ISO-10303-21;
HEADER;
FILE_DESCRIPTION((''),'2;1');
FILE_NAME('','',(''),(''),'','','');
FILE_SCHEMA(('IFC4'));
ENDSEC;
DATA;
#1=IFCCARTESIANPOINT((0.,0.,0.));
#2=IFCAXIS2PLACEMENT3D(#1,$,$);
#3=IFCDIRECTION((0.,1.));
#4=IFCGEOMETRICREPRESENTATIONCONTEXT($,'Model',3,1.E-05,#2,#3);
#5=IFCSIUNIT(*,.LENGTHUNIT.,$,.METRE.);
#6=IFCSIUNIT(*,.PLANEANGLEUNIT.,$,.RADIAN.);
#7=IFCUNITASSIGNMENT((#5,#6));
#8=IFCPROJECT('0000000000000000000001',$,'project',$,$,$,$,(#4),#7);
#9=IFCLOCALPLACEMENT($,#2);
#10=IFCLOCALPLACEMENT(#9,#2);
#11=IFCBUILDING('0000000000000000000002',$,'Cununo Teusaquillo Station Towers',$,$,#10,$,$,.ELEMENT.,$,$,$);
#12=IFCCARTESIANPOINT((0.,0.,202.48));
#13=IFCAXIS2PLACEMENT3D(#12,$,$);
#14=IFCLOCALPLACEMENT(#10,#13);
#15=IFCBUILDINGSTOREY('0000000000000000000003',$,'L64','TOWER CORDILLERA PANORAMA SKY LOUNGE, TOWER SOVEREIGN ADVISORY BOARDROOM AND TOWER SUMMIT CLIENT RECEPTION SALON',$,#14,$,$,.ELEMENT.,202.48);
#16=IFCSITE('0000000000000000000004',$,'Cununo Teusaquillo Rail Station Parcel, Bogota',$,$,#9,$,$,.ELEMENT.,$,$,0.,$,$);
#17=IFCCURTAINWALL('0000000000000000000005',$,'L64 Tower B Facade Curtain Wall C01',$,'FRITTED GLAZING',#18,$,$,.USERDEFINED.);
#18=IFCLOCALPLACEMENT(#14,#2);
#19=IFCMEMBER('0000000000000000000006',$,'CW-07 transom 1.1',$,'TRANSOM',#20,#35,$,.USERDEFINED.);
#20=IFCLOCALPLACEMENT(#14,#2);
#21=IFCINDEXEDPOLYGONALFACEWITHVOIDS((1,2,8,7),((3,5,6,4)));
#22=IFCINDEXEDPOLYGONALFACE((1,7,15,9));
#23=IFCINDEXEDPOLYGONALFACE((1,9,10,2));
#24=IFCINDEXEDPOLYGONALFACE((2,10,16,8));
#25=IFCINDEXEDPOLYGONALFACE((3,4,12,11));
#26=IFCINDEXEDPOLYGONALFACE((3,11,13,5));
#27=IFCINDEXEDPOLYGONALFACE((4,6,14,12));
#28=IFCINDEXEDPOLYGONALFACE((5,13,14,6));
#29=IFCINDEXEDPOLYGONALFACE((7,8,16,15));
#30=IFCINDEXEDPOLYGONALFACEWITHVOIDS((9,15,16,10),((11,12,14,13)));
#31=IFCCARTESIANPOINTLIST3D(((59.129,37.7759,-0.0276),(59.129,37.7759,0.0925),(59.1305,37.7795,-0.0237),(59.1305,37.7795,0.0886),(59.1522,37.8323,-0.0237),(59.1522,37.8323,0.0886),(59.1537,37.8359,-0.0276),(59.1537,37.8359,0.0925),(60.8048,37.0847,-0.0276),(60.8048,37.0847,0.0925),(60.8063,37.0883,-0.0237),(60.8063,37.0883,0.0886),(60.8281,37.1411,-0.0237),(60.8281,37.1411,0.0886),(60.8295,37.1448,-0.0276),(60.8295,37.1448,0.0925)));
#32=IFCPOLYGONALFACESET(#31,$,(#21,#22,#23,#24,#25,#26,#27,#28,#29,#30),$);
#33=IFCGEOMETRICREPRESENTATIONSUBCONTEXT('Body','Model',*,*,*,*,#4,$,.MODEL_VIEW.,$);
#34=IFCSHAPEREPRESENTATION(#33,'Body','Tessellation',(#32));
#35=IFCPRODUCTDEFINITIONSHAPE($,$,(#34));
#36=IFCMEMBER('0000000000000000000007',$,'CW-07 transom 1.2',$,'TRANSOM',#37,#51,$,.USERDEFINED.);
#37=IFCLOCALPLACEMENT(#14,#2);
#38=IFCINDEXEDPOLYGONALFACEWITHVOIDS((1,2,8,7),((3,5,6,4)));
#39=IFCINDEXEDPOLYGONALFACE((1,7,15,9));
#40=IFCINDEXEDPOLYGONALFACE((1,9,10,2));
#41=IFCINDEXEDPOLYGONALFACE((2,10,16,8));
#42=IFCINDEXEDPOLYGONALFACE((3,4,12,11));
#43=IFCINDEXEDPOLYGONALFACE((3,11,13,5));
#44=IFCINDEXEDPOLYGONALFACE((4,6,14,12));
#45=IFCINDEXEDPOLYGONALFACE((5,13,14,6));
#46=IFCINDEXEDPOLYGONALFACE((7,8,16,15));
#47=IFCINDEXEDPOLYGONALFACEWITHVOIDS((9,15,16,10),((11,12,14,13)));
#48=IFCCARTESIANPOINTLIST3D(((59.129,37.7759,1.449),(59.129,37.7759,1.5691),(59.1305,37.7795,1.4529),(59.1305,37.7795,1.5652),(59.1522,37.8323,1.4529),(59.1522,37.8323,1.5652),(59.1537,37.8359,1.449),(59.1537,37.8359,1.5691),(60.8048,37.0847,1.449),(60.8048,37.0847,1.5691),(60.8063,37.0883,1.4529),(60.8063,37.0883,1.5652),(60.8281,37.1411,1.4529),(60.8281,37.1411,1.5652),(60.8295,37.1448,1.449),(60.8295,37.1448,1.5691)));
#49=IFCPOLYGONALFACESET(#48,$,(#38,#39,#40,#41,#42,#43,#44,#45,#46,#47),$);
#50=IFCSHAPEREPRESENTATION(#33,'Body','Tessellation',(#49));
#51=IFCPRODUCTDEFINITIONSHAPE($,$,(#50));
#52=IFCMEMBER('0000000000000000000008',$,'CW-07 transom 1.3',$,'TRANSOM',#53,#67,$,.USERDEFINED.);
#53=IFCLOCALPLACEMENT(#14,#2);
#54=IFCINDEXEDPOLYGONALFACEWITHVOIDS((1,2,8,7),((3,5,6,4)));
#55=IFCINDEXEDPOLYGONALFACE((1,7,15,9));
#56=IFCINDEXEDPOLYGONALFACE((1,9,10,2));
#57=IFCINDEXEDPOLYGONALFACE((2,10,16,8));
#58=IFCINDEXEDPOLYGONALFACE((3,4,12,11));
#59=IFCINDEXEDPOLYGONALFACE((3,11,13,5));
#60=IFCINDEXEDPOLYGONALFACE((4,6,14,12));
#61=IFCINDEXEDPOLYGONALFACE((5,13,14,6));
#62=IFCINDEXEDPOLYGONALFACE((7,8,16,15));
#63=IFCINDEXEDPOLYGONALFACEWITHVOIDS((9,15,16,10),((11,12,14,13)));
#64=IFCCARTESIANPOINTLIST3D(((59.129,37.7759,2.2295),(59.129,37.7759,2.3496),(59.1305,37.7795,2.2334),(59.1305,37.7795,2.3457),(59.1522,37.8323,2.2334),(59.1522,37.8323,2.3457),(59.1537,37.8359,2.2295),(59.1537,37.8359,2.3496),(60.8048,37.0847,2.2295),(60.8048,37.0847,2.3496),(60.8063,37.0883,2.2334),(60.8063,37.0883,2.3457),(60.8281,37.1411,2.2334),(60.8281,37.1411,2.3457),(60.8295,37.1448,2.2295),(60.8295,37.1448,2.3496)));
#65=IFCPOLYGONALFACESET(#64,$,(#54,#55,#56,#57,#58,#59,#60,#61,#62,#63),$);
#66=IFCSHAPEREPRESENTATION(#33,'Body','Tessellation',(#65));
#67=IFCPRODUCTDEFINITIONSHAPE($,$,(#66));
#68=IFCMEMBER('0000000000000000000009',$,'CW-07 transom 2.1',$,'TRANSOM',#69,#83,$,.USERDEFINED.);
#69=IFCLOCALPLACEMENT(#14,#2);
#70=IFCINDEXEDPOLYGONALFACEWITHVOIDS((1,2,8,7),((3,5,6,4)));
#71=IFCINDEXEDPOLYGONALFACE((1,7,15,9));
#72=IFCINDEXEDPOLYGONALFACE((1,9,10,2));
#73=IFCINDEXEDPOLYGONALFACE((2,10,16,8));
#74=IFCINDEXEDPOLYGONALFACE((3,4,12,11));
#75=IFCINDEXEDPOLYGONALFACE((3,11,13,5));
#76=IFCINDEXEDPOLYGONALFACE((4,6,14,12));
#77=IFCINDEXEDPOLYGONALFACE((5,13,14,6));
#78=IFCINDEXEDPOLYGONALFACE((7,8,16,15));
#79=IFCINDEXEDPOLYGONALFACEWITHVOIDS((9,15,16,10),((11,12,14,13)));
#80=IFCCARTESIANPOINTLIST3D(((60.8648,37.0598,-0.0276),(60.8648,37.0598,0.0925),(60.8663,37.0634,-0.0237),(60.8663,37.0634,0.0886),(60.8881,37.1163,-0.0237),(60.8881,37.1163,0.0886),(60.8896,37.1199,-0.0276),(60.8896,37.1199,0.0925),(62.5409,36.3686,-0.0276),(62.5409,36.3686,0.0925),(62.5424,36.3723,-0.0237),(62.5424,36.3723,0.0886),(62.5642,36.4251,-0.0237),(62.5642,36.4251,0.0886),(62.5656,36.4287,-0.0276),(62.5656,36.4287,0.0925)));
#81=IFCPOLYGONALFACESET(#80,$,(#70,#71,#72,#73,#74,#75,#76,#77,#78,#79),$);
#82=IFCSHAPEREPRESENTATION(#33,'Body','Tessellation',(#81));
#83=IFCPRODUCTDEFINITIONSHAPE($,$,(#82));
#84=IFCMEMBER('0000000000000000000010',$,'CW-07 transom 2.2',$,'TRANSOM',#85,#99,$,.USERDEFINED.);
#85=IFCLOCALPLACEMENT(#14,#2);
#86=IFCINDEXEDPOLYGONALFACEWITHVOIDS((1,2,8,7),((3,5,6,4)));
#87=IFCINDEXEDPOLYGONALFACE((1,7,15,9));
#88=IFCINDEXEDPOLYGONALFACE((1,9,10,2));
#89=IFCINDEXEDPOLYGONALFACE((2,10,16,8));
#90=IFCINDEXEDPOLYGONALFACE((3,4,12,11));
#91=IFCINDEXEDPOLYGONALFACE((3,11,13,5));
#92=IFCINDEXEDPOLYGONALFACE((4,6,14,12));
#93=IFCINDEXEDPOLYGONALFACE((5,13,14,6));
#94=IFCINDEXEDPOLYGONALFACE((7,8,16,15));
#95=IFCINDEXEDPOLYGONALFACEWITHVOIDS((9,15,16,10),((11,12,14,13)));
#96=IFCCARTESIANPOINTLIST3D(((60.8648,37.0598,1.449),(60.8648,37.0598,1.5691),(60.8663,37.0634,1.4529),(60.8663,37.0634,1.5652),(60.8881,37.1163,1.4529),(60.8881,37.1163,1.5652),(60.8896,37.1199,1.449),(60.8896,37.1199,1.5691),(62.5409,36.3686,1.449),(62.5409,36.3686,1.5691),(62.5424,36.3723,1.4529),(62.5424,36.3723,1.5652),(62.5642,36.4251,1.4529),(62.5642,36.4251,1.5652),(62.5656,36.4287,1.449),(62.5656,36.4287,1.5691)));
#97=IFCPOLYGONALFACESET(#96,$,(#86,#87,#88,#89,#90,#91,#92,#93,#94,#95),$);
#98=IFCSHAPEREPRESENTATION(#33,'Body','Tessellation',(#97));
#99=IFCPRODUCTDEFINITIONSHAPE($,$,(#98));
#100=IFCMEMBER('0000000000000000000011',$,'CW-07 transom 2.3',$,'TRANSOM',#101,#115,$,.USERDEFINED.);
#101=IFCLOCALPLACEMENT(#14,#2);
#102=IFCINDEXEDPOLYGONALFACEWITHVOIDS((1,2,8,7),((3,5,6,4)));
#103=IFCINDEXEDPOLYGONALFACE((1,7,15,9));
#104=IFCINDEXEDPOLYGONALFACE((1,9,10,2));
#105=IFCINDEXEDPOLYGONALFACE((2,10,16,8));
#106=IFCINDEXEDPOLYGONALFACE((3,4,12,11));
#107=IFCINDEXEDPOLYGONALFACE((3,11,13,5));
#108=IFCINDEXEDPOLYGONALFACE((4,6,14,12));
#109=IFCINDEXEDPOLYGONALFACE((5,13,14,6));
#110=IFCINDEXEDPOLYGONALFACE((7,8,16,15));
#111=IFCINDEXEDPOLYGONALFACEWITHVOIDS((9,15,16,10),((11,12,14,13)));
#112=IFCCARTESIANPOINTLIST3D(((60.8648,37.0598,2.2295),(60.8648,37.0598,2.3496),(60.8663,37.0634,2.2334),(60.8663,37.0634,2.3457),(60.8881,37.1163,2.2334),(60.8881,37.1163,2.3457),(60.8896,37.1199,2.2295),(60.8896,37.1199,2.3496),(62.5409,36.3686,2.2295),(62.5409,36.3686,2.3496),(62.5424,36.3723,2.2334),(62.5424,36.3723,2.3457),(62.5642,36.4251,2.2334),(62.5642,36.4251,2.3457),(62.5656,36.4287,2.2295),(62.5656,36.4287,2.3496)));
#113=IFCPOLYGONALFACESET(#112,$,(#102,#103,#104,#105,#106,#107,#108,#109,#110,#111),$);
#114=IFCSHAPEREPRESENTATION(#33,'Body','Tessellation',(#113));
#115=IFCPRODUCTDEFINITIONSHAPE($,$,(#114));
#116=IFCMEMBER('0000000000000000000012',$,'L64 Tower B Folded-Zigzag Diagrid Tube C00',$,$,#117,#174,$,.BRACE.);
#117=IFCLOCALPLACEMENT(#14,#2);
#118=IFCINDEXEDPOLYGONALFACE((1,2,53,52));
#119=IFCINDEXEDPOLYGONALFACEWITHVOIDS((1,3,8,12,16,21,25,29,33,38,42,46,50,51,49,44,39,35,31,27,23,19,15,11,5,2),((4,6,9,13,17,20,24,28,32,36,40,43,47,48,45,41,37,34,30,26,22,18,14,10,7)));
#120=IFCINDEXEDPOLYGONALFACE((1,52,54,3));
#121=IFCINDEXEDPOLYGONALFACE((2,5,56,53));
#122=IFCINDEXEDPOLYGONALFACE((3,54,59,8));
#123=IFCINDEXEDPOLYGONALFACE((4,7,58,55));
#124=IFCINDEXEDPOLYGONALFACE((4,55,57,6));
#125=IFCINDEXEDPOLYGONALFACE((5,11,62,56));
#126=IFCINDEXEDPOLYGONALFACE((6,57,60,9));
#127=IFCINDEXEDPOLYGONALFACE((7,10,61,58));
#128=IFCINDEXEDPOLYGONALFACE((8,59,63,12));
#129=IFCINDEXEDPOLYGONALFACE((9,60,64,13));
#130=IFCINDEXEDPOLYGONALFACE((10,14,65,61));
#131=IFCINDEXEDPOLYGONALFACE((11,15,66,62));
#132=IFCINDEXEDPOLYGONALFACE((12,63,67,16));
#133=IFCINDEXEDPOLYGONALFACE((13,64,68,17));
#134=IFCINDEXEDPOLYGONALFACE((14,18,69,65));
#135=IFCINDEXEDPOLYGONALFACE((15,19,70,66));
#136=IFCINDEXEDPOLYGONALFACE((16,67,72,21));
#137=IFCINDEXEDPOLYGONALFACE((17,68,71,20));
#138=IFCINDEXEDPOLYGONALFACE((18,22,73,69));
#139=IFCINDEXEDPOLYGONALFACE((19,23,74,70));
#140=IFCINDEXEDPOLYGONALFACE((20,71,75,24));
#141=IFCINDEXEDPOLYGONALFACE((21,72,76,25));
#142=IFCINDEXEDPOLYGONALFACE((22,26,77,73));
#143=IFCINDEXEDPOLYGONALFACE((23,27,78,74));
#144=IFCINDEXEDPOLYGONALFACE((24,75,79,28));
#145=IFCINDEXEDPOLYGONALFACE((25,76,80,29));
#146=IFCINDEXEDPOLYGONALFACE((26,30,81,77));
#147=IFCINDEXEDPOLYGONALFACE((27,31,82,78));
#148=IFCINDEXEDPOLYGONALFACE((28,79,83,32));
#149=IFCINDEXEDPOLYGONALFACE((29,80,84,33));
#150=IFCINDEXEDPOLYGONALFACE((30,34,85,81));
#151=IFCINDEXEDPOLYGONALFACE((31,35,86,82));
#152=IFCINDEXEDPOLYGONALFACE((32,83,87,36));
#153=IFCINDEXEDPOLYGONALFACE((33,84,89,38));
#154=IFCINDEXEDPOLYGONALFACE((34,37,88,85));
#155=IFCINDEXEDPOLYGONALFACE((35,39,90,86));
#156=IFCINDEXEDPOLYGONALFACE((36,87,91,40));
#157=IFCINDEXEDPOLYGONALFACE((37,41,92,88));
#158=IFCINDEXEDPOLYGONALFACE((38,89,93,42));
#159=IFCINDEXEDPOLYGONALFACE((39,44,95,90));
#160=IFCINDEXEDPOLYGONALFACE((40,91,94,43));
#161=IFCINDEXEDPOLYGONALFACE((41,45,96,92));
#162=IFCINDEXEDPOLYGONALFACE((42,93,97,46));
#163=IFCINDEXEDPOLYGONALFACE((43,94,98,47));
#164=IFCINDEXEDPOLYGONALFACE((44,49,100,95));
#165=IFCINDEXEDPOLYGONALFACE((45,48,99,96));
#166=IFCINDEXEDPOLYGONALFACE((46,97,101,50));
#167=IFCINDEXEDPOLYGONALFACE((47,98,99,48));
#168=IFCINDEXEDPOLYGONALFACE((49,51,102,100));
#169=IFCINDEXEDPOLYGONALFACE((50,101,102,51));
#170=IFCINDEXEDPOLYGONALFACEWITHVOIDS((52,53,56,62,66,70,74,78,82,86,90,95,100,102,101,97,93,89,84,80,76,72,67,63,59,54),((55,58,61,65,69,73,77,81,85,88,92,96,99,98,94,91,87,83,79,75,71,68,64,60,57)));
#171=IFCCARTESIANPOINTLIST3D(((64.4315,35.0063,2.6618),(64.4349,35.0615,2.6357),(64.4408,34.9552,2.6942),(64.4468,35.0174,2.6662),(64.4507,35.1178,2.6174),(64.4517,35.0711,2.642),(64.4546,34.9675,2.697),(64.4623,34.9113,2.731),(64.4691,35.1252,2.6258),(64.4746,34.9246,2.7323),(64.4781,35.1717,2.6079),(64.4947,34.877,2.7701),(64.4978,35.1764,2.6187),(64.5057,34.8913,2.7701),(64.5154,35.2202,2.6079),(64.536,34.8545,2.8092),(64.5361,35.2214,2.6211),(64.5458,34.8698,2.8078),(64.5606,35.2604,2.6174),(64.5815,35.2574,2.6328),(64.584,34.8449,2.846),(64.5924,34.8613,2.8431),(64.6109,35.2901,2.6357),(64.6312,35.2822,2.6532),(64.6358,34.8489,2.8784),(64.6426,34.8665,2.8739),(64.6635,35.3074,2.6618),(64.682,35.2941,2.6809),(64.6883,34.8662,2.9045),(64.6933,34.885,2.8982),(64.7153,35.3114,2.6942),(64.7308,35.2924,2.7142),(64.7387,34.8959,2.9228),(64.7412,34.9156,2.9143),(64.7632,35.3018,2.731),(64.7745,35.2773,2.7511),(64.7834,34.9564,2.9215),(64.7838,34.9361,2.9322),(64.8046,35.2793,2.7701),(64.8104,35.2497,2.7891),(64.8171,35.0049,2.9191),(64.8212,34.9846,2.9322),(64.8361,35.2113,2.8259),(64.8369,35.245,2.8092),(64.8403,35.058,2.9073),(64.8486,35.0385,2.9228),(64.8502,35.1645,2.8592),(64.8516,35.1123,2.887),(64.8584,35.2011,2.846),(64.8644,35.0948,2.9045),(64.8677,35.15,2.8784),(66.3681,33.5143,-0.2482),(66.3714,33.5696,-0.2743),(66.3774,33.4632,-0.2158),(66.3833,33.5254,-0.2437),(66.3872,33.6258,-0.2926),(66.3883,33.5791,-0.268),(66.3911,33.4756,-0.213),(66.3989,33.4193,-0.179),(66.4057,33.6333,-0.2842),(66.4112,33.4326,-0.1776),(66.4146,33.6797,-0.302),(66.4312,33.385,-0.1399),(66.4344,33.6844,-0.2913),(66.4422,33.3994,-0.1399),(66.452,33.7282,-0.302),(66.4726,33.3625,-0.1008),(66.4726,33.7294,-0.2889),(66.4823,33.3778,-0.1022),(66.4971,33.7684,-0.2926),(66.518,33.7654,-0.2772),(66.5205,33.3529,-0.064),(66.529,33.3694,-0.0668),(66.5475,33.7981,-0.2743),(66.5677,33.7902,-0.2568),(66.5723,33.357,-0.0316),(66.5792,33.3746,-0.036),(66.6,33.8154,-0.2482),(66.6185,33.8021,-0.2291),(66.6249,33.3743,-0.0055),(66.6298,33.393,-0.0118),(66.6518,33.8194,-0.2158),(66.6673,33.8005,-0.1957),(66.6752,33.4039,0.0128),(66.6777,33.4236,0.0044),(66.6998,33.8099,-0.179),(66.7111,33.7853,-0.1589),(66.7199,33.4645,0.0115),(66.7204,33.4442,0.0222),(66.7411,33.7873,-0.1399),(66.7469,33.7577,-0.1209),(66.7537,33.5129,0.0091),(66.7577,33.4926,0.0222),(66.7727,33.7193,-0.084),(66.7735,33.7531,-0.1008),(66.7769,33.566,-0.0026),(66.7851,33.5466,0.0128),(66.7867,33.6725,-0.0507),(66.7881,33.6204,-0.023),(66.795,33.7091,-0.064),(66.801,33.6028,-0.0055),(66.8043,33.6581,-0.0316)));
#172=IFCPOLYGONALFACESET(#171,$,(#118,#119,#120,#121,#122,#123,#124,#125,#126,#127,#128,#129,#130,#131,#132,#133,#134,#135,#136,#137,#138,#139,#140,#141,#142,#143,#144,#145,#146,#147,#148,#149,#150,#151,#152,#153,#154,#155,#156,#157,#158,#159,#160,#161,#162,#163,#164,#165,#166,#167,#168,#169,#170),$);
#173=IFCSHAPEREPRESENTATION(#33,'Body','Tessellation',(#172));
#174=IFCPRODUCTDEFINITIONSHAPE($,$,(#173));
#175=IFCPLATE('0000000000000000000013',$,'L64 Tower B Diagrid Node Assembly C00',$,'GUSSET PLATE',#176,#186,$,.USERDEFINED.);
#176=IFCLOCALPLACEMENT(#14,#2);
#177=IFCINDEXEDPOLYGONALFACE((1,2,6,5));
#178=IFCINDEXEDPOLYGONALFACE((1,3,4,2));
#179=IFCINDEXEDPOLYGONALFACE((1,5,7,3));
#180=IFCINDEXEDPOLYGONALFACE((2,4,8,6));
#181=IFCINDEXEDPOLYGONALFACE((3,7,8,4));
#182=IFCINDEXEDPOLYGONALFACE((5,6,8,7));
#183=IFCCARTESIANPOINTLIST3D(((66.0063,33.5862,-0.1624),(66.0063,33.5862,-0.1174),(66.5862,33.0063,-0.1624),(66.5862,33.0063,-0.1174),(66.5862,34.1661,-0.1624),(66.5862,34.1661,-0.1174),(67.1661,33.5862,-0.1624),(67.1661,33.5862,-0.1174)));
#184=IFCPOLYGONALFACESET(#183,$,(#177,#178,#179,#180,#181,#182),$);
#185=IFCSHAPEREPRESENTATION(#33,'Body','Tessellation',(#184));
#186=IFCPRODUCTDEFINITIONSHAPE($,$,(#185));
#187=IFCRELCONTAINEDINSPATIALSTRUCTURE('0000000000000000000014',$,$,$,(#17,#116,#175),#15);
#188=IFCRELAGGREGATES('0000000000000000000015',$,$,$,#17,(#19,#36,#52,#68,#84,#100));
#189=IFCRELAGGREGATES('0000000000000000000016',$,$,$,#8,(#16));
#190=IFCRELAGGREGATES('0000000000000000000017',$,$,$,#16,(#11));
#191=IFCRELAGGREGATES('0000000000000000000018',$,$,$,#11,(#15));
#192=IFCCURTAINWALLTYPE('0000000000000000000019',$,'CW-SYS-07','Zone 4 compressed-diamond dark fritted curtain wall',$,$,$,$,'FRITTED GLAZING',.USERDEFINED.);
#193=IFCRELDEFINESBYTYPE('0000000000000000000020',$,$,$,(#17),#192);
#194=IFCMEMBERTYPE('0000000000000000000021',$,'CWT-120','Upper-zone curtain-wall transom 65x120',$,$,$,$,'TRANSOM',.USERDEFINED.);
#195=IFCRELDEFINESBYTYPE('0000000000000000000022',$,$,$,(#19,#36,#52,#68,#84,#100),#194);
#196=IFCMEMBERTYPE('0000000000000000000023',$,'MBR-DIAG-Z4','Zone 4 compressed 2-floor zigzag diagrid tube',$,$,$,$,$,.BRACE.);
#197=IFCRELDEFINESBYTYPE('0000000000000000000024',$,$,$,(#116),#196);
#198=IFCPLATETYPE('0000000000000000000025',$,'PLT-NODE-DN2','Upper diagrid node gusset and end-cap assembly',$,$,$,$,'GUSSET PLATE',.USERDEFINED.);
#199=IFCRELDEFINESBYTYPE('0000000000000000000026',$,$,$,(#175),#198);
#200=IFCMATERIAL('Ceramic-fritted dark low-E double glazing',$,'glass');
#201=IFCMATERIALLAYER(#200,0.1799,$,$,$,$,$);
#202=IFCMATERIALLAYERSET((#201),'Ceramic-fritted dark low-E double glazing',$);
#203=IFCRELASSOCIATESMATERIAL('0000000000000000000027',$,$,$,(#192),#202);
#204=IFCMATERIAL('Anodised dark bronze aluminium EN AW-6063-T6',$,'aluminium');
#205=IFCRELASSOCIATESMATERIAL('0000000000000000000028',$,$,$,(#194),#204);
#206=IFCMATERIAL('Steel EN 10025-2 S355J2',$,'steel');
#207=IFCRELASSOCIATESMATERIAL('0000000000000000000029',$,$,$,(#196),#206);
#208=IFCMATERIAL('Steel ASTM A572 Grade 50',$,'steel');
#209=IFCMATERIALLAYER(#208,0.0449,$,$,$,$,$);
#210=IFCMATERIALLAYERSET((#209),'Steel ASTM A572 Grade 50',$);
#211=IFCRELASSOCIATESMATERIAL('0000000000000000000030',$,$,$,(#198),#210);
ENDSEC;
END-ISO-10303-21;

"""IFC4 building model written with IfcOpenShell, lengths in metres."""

from ifc_helpers import new_model, si_unit, direction, frame, origin, origin_2d, place, context, subcontext, project, spatial, rectangle, hollow_rectangle, hollow_circle, extrude, source, transform, mapped, material, layer, layer_set, material_profile, profile_set, type_object, element, aggregate, save


model = new_model("IFC4")

# Units and contexts
model_context = context("Model", 3, precision=1e-05, world=origin(), true_north=direction((0.0, 1.0)))
body_context = subcontext(model_context, "Body", "Model", "MODEL_VIEW")
ifc_project = project(units=[si_unit("LENGTHUNIT", "METRE"), si_unit("PLANEANGLEUNIT", "RADIAN")], contexts=[model_context])

# Site, building, storey
site_placement = place(None, origin())
site = spatial("IfcSite", under=ifc_project, at=site_placement, Name="Cununo Teusaquillo Rail Station Parcel, Bogota", CompositionType="ELEMENT", RefElevation=0.0)
building_placement = place(site_placement, origin())
building = spatial("IfcBuilding", under=site, at=building_placement, Name="Cununo Teusaquillo Station Towers", CompositionType="ELEMENT")
storey_placement = place(building_placement, frame((0.0, 0.0, 202.48)))
storey = spatial("IfcBuildingStorey", under=building, at=storey_placement, Name="L64", Description="TOWER CORDILLERA PANORAMA SKY LOUNGE, TOWER SOVEREIGN ADVISORY BOARDROOM AND TOWER SUMMIT CLIENT RECEPTION SALON", CompositionType="ELEMENT", Elevation=202.48)

# Curtain wall, members
ifc_material_1 = material(Name="Ceramic-fritted dark low-E double glazing", Category="glass")
ifc_layer_1 = layer(ifc_material_1, 0.1799)
ifc_layer_set_1 = layer_set([ifc_layer_1], Name="Ceramic-fritted dark low-E double glazing")
curtain_wall_type = type_object("IfcCurtainWallType", Name="CW-SYS-07", Description="Zone 4 compressed-diamond dark fritted curtain wall", ElementType="FRITTED GLAZING", PredefinedType="USERDEFINED", material=ifc_layer_set_1)
curtain_wall_placement = place(storey_placement, origin())
curtain_wall = element("IfcCurtainWall", 1, at=curtain_wall_placement, inside=storey, type_object=curtain_wall_type, Name="L64 Tower B Facade Curtain Wall C01", ObjectType="FRITTED GLAZING", PredefinedType="USERDEFINED")
ifc_material_2 = material(Name="Anodised dark bronze aluminium EN AW-6063-T6", Category="aluminium")
ifc_material_profile_1 = material_profile(ifc_material_2, hollow_rectangle(XDim=0.0649, YDim=0.1201, WallThickness=0.0039, at=origin_2d()), Name="CW-TRAN-65x120")
ifc_profile_set_1 = profile_set([ifc_material_profile_1], Name="Anodised dark bronze aluminium EN AW-6063-T6")
member_type_1 = type_object("IfcMemberType", Name="CWT-120", Description="Upper-zone curtain-wall transom 65x120", ElementType="TRANSOM", PredefinedType="USERDEFINED", material=ifc_profile_set_1)
member_1_placement = place(storey_placement, frame((59.1414, 37.8059, 0.0325), z_axis=(0.924458, -0.381285, 0.0), x_axis=(0.381285, 0.924458, 0.0)))
member_1 = element("IfcMember", 2, at=member_1_placement, type_object=member_type_1, Name="CW-07 transom 1.1", ObjectType="TRANSOM", PredefinedType="USERDEFINED", context=body_context, shape_type="SweptSolid", body=[
    extrude(hollow_rectangle(XDim=0.0649, YDim=0.1201, WallThickness=0.0039, at=origin_2d()), origin(), (0.0, 0.0, 1.0), 1.8127),
])
member_2_placement = place(storey_placement, frame((59.1414, 37.8059, 1.509), z_axis=(0.924458, -0.381285, 0.0), x_axis=(0.381285, 0.924458, 0.0)))
member_2 = element("IfcMember", 3, at=member_2_placement, type_object=member_type_1, Name="CW-07 transom 1.2", ObjectType="TRANSOM", PredefinedType="USERDEFINED", context=body_context, shape_type="SweptSolid", body=[
    extrude(hollow_rectangle(XDim=0.0649, YDim=0.1201, WallThickness=0.0039, at=origin_2d()), origin(), (0.0, 0.0, 1.0), 1.8127),
])
member_3_placement = place(storey_placement, frame((59.1414, 37.8059, 2.2896), z_axis=(0.924458, -0.381285, 0.0), x_axis=(0.381285, 0.924458, 0.0)))
member_3 = element("IfcMember", 4, at=member_3_placement, type_object=member_type_1, Name="CW-07 transom 1.3", ObjectType="TRANSOM", PredefinedType="USERDEFINED", context=body_context, shape_type="SweptSolid", body=[
    extrude(hollow_rectangle(XDim=0.0649, YDim=0.1201, WallThickness=0.0039, at=origin_2d()), origin(), (0.0, 0.0, 1.0), 1.8127),
])
member_4_placement = place(storey_placement, frame((60.8772, 37.0898, 0.0325), z_axis=(0.924477, -0.381237, 0.0), x_axis=(0.381237, 0.924477, 0.0)))
member_4 = element("IfcMember", 5, at=member_4_placement, type_object=member_type_1, Name="CW-07 transom 2.1", ObjectType="TRANSOM", PredefinedType="USERDEFINED", context=body_context, shape_type="SweptSolid", body=[
    extrude(hollow_rectangle(XDim=0.0649, YDim=0.1201, WallThickness=0.0039, at=origin_2d()), origin(), (0.0, 0.0, 1.0), 1.813),
])
member_5_placement = place(storey_placement, frame((60.8772, 37.0898, 1.509), z_axis=(0.924477, -0.381237, 0.0), x_axis=(0.381237, 0.924477, 0.0)))
member_5 = element("IfcMember", 6, at=member_5_placement, type_object=member_type_1, Name="CW-07 transom 2.2", ObjectType="TRANSOM", PredefinedType="USERDEFINED", context=body_context, shape_type="SweptSolid", body=[
    extrude(hollow_rectangle(XDim=0.0649, YDim=0.1201, WallThickness=0.0039, at=origin_2d()), origin(), (0.0, 0.0, 1.0), 1.813),
])
member_6_placement = place(storey_placement, frame((60.8772, 37.0898, 2.2896), z_axis=(0.924477, -0.381237, 0.0), x_axis=(0.381237, 0.924477, 0.0)))
member_6 = element("IfcMember", 7, at=member_6_placement, type_object=member_type_1, Name="CW-07 transom 2.3", ObjectType="TRANSOM", PredefinedType="USERDEFINED", context=body_context, shape_type="SweptSolid", body=[
    extrude(hollow_rectangle(XDim=0.0649, YDim=0.1201, WallThickness=0.0039, at=origin_2d()), origin(), (0.0, 0.0, 1.0), 1.813),
])

# Member
ifc_material_3 = material(Name="Steel EN 10025-2 S355J2", Category="steel")
ifc_material_profile_2 = material_profile(ifc_material_3, hollow_circle(Radius=0.2539, WallThickness=0.0181, at=origin_2d()), Name="CHS 508x18")
ifc_profile_set_2 = profile_set([ifc_material_profile_2], Name="Steel EN 10025-2 S355J2")
member_type_2 = type_object("IfcMemberType", Name="MBR-DIAG-Z4", Description="Zone 4 compressed 2-floor zigzag diagrid tube", PredefinedType="BRACE", material=ifc_profile_set_2)
member_7_placement = place(storey_placement, frame((66.5862, 33.5862, -0.1399), z_axis=(-0.509548, 0.392568, 0.765671), x_axis=(-0.610304, -0.792167, 0.0)))
element("IfcMember", 8, at=member_7_placement, inside=storey, type_object=member_type_2, Name="L64 Tower B Folded-Zigzag Diagrid Tube C00", PredefinedType="BRACE", context=body_context, shape_type="SweptSolid", body=[
    extrude(hollow_circle(Radius=0.2539, WallThickness=0.0181, at=origin_2d()), origin(), (0.0, 0.0, 1.0), 3.8005),
])

# Plate
ifc_material_4 = material(Name="Steel ASTM A572 Grade 50", Category="steel")
ifc_layer_2 = layer(ifc_material_4, 0.0449)
ifc_layer_set_2 = layer_set([ifc_layer_2], Name="Steel ASTM A572 Grade 50")
plate_type_1 = type_object("IfcPlateType", Name="PLT-NODE-DN2", Description="Upper diagrid node gusset and end-cap assembly", ElementType="GUSSET PLATE", PredefinedType="USERDEFINED", material=ifc_layer_set_2)
shared_shape_1 = source(origin(), body_context, "Body", "SweptSolid", [
    extrude(rectangle(XDim=0.8201, YDim=0.8201, at=origin_2d()), origin(), (0.0, 0.0, 1.0), 0.0449),
])
plate_1_placement = place(storey_placement, frame((66.5862, 33.5862, -0.1624), z_axis=(0.0, 0.0, 1.0), x_axis=(0.707107, 0.707107, 0.0)))
element("IfcPlate", 9, at=plate_1_placement, inside=storey, type_object=plate_type_1, Name="L64 Tower B Diagrid Node Assembly C00", ObjectType="GUSSET PLATE", PredefinedType="USERDEFINED", context=body_context, shape_type="MappedRepresentation", body=[
    mapped(shared_shape_1, transform((0.0, 0.0, 0.0), x_axis=(1.0, 0.0, 0.0), y_axis=(0.0, 1.0, 0.0), z_axis=(0.0, 0.0, 1.0), scale=1.0)),
])
aggregate(curtain_wall, [member_1, member_2, member_3, member_4, member_5, member_6])

save(model, "model.ifc")
